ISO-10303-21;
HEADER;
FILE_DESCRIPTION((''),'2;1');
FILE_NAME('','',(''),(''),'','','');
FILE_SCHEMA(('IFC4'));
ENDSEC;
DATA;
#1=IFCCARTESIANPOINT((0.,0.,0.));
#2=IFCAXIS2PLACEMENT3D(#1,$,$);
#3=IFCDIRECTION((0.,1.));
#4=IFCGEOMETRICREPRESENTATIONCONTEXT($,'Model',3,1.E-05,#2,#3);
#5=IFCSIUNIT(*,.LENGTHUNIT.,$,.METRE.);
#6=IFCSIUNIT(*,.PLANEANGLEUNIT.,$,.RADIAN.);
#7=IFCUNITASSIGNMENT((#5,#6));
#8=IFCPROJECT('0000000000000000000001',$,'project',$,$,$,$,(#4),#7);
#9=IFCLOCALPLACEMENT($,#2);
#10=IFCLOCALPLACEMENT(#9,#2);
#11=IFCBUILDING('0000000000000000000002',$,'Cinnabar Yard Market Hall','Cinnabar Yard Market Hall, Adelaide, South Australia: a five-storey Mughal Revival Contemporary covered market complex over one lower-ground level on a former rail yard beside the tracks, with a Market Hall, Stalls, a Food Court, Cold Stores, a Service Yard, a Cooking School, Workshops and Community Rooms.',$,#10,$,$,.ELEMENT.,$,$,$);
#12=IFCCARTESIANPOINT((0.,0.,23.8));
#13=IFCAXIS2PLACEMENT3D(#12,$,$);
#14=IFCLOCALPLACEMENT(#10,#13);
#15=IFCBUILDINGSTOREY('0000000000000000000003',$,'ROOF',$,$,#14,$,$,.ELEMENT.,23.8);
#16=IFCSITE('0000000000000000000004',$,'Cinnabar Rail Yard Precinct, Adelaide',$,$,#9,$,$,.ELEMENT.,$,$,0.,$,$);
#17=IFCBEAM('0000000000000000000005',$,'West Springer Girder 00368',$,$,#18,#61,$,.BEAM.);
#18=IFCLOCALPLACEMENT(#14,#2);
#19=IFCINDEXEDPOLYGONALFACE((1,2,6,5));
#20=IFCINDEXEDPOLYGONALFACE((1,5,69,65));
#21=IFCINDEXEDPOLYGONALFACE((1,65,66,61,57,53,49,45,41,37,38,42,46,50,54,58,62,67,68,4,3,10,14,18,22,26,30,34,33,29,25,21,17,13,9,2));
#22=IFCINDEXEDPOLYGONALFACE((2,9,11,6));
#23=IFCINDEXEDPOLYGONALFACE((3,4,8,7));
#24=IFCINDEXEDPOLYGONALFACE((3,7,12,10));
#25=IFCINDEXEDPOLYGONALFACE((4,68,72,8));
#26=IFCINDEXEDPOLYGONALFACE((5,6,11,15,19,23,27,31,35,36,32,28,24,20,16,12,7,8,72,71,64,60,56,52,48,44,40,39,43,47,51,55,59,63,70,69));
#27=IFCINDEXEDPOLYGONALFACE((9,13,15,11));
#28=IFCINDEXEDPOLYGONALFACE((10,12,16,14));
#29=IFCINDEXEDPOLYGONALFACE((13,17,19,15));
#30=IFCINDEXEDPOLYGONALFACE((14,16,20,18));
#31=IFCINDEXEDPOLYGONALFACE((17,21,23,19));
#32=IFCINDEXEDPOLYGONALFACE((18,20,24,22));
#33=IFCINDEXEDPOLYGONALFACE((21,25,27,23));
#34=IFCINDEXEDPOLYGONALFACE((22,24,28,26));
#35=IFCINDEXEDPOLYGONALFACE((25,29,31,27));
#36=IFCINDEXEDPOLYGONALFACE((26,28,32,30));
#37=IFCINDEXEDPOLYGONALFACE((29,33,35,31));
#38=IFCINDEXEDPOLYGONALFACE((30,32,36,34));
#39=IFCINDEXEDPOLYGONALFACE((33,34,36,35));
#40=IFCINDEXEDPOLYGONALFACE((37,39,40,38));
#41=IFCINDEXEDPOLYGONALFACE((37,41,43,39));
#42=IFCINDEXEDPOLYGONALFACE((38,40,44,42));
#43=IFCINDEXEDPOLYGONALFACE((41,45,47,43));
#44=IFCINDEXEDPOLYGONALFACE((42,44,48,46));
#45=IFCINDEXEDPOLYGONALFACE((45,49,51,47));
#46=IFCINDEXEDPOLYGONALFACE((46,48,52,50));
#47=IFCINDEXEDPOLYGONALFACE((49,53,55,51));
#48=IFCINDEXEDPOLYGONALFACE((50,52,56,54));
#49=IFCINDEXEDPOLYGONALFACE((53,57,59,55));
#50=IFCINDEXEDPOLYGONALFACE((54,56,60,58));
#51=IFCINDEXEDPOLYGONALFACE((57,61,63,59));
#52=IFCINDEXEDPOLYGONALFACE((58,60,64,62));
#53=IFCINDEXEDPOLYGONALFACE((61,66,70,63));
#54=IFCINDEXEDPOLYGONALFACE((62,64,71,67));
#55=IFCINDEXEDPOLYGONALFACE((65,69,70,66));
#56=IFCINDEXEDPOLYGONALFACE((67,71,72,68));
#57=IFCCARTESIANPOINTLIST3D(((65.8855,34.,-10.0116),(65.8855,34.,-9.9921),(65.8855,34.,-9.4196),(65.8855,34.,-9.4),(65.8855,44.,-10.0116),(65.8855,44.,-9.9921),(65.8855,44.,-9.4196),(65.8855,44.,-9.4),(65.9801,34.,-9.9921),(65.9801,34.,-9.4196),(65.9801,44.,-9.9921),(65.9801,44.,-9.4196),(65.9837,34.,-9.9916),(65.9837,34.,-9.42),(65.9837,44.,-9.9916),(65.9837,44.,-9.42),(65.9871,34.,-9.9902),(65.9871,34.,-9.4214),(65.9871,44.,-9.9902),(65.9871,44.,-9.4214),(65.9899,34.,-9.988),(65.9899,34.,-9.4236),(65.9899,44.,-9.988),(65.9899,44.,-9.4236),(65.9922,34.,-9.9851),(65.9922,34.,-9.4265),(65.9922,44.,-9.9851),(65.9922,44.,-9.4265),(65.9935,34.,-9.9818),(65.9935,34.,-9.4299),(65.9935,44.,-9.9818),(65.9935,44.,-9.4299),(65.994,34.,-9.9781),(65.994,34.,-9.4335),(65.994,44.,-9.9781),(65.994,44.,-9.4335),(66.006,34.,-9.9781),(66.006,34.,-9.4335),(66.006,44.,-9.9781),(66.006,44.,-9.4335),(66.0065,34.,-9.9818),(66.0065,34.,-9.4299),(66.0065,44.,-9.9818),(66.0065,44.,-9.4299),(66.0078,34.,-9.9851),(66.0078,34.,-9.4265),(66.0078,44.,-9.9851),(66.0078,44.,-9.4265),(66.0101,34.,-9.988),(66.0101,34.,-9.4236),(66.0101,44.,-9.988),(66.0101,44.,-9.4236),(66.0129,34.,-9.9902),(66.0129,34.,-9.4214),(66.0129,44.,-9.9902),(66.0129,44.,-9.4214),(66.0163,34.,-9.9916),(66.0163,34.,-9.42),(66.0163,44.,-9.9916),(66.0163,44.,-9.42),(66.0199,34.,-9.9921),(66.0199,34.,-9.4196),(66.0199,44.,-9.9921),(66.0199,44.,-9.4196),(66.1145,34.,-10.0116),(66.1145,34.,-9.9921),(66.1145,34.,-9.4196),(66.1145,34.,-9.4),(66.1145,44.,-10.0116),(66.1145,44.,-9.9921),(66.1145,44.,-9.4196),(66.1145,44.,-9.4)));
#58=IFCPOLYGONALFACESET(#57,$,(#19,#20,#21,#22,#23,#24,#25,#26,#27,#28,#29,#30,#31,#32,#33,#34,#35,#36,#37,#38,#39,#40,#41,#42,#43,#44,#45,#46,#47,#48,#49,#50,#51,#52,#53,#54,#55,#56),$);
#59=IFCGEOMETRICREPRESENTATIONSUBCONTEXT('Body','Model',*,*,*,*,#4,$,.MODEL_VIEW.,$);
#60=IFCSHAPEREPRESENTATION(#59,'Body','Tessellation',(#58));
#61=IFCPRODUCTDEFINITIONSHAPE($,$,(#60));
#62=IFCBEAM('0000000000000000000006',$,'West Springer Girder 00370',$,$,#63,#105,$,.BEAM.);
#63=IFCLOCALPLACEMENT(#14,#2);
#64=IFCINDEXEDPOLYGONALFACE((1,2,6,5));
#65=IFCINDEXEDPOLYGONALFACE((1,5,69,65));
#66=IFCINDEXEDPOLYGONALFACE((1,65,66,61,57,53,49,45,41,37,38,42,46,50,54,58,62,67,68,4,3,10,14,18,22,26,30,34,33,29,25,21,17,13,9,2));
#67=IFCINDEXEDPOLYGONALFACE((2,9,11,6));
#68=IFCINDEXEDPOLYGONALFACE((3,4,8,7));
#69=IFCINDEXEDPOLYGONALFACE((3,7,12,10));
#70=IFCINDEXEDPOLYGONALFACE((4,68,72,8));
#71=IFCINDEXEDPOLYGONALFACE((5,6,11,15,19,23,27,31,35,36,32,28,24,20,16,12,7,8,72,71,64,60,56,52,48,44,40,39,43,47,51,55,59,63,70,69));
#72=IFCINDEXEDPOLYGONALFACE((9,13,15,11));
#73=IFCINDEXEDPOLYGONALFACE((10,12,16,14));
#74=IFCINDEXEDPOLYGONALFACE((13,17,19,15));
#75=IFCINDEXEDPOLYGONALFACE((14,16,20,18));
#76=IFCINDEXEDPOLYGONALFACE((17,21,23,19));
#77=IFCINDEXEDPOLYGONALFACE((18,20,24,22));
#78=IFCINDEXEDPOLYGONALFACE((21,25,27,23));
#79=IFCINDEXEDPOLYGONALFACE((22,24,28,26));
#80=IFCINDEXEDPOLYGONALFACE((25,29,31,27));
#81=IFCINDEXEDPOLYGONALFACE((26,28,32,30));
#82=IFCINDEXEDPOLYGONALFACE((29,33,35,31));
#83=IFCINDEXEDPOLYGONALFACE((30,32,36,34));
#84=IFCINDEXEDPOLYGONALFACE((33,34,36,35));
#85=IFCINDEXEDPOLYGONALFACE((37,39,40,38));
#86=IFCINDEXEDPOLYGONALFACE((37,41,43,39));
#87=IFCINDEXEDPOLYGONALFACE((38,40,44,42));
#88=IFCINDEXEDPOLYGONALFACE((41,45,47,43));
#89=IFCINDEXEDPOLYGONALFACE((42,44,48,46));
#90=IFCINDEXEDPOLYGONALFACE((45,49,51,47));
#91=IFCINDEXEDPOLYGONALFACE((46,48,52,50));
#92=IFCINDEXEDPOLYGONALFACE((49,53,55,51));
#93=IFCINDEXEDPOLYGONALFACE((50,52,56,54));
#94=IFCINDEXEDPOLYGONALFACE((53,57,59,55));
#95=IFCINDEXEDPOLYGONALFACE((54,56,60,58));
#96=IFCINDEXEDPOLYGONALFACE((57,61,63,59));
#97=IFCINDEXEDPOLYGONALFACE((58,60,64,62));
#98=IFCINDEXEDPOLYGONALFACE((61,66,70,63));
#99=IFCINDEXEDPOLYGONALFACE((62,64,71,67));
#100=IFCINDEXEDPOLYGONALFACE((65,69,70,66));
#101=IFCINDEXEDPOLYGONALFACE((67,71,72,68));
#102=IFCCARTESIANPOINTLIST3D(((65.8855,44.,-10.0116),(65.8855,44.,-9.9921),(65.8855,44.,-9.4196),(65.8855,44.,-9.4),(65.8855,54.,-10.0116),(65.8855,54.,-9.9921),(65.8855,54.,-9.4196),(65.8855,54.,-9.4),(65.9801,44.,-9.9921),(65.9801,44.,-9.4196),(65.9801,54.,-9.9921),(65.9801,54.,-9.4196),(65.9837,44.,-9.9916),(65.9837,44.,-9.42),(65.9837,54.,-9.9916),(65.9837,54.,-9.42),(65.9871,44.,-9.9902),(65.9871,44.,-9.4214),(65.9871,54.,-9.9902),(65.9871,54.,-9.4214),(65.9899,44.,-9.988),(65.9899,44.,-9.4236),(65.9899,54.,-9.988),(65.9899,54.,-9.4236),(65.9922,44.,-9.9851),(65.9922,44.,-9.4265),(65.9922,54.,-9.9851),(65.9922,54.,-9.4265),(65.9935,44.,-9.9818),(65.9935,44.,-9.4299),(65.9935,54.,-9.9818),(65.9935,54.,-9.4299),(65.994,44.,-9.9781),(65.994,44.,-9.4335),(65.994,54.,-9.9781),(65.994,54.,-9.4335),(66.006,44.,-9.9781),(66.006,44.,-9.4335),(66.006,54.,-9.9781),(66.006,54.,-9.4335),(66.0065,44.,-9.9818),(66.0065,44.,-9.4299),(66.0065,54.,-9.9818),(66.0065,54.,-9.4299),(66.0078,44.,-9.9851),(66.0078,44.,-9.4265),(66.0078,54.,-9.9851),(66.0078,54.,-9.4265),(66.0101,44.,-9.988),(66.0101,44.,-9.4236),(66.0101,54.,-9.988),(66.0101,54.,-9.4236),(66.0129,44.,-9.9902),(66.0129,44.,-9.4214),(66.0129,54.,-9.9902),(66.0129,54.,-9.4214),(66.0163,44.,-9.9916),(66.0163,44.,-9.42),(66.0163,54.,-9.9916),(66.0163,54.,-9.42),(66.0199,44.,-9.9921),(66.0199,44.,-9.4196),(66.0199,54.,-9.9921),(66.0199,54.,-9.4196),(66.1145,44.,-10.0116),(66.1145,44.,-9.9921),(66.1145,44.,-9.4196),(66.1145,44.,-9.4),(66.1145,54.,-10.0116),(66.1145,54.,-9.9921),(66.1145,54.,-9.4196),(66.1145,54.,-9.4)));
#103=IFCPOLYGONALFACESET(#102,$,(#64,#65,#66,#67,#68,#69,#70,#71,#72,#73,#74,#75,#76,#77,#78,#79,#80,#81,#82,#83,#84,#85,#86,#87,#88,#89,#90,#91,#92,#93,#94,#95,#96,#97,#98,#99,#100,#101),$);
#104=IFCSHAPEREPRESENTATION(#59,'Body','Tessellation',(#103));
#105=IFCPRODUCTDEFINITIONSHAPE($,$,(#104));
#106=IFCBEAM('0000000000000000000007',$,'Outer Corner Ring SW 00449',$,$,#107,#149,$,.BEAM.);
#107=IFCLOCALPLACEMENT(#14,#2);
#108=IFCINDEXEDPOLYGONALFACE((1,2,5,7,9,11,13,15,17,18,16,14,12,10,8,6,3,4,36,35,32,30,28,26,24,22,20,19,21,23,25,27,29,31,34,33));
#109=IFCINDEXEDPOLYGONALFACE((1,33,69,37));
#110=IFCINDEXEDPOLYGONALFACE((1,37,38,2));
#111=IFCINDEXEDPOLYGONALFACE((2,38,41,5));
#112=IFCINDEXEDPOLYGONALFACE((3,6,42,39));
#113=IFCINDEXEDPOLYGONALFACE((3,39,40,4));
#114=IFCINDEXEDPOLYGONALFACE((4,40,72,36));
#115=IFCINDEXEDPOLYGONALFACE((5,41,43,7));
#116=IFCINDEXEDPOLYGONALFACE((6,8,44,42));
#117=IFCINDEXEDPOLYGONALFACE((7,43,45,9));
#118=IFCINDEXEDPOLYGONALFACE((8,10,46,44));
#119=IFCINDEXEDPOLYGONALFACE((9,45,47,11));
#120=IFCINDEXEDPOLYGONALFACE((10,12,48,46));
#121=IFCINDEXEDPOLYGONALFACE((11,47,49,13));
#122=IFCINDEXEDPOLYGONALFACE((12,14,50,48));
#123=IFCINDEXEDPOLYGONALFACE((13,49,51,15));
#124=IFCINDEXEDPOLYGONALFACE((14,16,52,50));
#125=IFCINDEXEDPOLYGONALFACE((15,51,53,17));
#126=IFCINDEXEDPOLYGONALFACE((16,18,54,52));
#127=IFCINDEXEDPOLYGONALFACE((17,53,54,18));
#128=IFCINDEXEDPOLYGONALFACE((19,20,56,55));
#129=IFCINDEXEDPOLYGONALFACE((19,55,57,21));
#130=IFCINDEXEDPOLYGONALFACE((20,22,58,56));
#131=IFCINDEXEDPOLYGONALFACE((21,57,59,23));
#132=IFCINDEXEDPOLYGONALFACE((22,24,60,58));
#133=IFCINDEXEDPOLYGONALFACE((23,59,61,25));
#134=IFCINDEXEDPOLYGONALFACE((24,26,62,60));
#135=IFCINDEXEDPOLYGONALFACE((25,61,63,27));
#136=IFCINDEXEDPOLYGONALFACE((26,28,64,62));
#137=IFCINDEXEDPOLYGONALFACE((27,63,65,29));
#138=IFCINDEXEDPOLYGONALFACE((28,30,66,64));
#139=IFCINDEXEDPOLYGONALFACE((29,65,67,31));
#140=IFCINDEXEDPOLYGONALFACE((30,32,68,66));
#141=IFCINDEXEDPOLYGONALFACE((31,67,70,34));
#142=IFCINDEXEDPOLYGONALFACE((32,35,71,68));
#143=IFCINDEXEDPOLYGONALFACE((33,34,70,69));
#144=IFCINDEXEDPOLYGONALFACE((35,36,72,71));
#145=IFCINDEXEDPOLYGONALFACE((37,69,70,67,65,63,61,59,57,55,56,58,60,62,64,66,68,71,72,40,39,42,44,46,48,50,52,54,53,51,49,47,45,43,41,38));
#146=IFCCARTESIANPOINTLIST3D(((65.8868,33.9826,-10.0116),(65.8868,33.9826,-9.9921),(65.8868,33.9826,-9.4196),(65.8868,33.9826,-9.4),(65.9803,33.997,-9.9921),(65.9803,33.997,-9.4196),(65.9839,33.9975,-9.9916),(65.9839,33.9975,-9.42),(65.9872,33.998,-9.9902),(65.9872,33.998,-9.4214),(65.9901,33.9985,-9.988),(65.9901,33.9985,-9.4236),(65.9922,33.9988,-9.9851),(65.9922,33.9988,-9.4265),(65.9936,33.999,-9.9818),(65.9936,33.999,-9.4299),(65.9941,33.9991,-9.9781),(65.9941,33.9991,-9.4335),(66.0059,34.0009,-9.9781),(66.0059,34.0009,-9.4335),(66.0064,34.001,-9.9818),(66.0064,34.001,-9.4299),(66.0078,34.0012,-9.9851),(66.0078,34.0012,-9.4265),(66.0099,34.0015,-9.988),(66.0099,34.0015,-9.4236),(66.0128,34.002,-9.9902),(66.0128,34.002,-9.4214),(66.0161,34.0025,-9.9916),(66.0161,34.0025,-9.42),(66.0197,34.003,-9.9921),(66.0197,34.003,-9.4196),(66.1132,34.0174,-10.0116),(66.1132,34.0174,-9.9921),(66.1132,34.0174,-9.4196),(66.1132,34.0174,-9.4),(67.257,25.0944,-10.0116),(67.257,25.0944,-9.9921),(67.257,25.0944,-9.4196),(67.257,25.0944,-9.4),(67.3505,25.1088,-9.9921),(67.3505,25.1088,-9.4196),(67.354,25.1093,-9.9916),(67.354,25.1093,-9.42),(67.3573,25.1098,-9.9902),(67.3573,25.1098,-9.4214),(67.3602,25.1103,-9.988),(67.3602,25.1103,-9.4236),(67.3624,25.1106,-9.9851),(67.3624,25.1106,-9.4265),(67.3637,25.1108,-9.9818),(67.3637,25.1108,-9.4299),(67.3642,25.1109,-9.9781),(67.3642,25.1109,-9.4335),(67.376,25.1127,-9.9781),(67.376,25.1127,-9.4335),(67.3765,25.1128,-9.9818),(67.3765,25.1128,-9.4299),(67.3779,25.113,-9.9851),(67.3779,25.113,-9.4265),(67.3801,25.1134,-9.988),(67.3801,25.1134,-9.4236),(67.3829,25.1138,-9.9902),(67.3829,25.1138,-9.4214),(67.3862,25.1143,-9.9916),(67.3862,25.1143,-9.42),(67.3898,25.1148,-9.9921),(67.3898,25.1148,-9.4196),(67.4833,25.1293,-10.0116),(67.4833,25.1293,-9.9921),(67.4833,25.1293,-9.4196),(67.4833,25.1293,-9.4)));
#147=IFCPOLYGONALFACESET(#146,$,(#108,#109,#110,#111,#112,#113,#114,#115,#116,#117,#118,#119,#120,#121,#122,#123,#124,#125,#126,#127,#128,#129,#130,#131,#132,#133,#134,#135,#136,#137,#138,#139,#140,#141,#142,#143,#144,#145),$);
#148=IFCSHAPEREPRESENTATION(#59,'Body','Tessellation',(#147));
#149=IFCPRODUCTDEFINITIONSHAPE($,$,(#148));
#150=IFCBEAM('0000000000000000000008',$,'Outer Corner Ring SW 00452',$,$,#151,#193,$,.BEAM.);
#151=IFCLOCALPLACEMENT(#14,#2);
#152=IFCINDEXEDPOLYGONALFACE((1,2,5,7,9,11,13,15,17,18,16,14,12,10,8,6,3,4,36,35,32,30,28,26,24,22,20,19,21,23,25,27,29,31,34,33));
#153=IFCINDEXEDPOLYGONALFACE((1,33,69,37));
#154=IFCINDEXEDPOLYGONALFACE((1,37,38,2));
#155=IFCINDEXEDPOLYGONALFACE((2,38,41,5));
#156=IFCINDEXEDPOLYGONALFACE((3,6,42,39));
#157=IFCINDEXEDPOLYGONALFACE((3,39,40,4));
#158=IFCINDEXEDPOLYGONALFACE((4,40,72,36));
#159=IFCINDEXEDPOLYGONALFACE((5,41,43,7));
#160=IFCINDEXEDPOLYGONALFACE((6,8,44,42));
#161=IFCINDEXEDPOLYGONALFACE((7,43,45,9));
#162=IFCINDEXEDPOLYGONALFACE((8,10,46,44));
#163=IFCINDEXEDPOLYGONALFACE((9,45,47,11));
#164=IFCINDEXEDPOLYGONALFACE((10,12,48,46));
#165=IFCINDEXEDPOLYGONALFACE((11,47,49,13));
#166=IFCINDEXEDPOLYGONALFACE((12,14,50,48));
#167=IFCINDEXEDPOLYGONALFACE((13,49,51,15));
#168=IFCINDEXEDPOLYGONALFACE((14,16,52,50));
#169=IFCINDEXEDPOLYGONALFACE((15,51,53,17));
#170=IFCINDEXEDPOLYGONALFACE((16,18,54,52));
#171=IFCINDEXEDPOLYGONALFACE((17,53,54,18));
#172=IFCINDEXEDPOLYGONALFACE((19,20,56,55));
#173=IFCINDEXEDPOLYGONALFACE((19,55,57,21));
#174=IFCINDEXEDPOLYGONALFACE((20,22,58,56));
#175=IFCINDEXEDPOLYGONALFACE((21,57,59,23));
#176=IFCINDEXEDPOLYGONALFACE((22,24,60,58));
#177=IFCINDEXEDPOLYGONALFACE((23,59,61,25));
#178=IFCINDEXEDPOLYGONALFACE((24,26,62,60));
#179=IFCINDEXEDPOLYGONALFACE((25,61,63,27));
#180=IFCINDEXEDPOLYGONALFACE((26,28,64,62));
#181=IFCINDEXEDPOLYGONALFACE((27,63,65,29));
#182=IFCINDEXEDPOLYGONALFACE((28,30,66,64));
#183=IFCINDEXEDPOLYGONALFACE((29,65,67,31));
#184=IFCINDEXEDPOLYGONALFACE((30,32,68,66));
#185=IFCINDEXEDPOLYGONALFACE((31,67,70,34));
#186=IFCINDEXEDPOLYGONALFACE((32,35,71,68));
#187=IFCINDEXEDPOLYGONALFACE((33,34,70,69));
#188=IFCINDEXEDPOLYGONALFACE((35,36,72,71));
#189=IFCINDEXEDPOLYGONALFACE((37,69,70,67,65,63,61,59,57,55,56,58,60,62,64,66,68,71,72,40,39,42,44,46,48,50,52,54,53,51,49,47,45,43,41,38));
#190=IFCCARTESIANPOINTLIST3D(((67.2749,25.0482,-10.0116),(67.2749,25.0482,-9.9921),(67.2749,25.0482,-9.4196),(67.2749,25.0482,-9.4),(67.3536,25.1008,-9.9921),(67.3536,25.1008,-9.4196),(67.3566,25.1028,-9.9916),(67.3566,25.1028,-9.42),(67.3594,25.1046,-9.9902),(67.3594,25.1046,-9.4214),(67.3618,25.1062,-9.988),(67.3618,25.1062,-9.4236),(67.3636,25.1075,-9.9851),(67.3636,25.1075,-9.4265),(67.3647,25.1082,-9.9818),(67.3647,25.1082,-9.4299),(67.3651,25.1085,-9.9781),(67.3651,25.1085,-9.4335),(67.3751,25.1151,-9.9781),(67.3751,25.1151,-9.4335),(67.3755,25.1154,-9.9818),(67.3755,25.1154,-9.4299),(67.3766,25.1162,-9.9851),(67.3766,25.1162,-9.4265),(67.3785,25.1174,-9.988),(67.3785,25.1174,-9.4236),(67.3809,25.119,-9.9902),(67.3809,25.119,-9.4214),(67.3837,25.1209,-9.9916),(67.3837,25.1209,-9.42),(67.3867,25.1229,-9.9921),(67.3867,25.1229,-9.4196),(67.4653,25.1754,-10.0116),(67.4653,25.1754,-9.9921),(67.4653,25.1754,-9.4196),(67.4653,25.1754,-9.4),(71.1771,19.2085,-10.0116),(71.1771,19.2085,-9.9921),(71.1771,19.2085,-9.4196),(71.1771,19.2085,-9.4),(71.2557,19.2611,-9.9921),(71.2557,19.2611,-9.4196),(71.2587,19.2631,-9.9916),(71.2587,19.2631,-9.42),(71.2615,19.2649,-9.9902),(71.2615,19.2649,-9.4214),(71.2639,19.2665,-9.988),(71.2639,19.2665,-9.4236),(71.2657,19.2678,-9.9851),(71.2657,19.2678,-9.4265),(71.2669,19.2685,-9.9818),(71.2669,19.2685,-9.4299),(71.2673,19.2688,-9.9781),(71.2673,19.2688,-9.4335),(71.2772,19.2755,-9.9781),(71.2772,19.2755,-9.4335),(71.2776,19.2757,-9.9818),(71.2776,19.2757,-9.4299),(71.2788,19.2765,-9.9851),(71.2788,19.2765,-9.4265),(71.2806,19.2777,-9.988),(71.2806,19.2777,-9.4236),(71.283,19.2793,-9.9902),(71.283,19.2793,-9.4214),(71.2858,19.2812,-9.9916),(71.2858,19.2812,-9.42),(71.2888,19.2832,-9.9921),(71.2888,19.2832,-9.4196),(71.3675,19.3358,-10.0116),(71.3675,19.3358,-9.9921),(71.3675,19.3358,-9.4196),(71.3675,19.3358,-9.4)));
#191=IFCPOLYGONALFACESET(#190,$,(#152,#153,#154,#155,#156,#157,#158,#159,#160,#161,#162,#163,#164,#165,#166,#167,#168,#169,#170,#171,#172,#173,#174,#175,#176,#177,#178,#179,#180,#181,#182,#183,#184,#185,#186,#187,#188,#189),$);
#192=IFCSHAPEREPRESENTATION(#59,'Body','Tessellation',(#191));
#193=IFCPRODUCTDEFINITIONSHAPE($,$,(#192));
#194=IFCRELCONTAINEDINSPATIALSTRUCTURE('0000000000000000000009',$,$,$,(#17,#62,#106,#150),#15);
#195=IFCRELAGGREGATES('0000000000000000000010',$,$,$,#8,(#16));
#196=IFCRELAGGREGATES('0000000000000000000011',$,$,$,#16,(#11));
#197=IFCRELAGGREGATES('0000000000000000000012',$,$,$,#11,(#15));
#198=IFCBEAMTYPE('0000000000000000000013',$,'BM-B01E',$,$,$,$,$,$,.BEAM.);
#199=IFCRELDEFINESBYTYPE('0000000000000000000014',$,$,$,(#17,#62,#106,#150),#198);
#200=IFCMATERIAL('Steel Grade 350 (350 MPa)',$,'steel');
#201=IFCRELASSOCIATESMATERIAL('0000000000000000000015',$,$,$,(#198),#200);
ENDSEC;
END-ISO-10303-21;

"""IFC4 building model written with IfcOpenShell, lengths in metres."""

from ifc_helpers import new_model, si_unit, direction, frame, origin, origin_2d_with_axis, place, context, subcontext, project, spatial, i_section, extrude, material, material_profile, profile_set, type_object, element, save


model = new_model("IFC4")

# Units and contexts
model_context = context("Model", 3, precision=1e-05, world=origin(), true_north=direction((0.0, 1.0)))
body_context = subcontext(model_context, "Body", "Model", "MODEL_VIEW")
ifc_project = project(units=[si_unit("LENGTHUNIT", "METRE"), si_unit("PLANEANGLEUNIT", "RADIAN")], contexts=[model_context])

# Site, building, storey
site_placement = place(None, origin())
site = spatial("IfcSite", under=ifc_project, at=site_placement, Name="Cinnabar Rail Yard Precinct, Adelaide", CompositionType="ELEMENT", RefElevation=0.0)
building_placement = place(site_placement, origin())
building = spatial("IfcBuilding", under=site, at=building_placement, Name="Cinnabar Yard Market Hall", Description="Cinnabar Yard Market Hall, Adelaide, South Australia: a five-storey Mughal Revival Contemporary covered market complex over one lower-ground level on a former rail yard beside the tracks, with a Market Hall, Stalls, a Food Court, Cold Stores, a Service Yard, a Cooking School, Workshops and Community Rooms.", CompositionType="ELEMENT")
storey_placement = place(building_placement, frame((0.0, 0.0, 23.8)))
storey = spatial("IfcBuildingStorey", under=building, at=storey_placement, Name="ROOF", CompositionType="ELEMENT", Elevation=23.8)

# Beams
ifc_material_1 = material(Name="Steel Grade 350 (350 MPa)", Category="steel")
ifc_material_profile_1 = material_profile(ifc_material_1, i_section(OverallWidth=0.229, OverallDepth=0.6116, WebThickness=0.012, FlangeThickness=0.0195, FilletRadius=0.0139, at=origin_2d_with_axis()), Name="610UB125")
ifc_profile_set_1 = profile_set([ifc_material_profile_1], Name="Steel Grade 350 (350 MPa)")
beam_type_1 = type_object("IfcBeamType", Name="BM-B01E", PredefinedType="BEAM", material=ifc_profile_set_1)
for number, where, z_axis, x_axis, name in (
    (1, (66.0, 34.0, -9.7058), (0.0, 1.0, 0.0), (-1.0, 0.0, 0.0), "West Springer Girder 00368"),
    (2, (66.0, 44.0, -9.7058), (0.0, 1.0, 0.0), (-1.0, 0.0, 0.0), "West Springer Girder 00370"),
):
    element("IfcBeam", number, at=place(storey_placement, frame(where, z_axis=z_axis, x_axis=x_axis)), inside=storey, type_object=beam_type_1, Name=name, PredefinedType="BEAM", context=body_context, shape_type="SweptSolid", body=[
        extrude(i_section(OverallWidth=0.229, OverallDepth=0.6116, WebThickness=0.012, FlangeThickness=0.0195, FilletRadius=0.0139, at=origin_2d_with_axis()), origin(), (0.0, 0.0, 1.0), 10.0),
    ])
beam_1_placement = place(storey_placement, frame((66.0, 34.0, -9.7058), z_axis=(0.152351, -0.988326, 0.0), x_axis=(0.988326, 0.152351, 0.0)))
element("IfcBeam", 3, at=beam_1_placement, inside=storey, type_object=beam_type_1, Name="Outer Corner Ring SW 00449", PredefinedType="BEAM", context=body_context, shape_type="SweptSolid", body=[
    extrude(i_section(OverallWidth=0.229, OverallDepth=0.6116, WebThickness=0.012, FlangeThickness=0.0195, FilletRadius=0.0139, at=origin_2d_with_axis()), origin(), (0.0, 0.0, 1.0), 8.9932),
])
for number, where, z_axis, x_axis, name in (
    (4, (67.3701, 25.1118, -9.7058), (0.55559, -0.831456, 0.0), (0.831456, 0.55559, 0.0), "Outer Corner Ring SW 00452"),
):
    element("IfcBeam", number, at=place(storey_placement, frame(where, z_axis=z_axis, x_axis=x_axis)), inside=storey, type_object=beam_type_1, Name=name, PredefinedType="BEAM", context=body_context, shape_type="SweptSolid", body=[
        extrude(i_section(OverallWidth=0.229, OverallDepth=0.6116, WebThickness=0.012, FlangeThickness=0.0195, FilletRadius=0.0139, at=origin_2d_with_axis()), origin(), (0.0, 0.0, 1.0), 7.0234),
    ])

save(model, "model.ifc")
